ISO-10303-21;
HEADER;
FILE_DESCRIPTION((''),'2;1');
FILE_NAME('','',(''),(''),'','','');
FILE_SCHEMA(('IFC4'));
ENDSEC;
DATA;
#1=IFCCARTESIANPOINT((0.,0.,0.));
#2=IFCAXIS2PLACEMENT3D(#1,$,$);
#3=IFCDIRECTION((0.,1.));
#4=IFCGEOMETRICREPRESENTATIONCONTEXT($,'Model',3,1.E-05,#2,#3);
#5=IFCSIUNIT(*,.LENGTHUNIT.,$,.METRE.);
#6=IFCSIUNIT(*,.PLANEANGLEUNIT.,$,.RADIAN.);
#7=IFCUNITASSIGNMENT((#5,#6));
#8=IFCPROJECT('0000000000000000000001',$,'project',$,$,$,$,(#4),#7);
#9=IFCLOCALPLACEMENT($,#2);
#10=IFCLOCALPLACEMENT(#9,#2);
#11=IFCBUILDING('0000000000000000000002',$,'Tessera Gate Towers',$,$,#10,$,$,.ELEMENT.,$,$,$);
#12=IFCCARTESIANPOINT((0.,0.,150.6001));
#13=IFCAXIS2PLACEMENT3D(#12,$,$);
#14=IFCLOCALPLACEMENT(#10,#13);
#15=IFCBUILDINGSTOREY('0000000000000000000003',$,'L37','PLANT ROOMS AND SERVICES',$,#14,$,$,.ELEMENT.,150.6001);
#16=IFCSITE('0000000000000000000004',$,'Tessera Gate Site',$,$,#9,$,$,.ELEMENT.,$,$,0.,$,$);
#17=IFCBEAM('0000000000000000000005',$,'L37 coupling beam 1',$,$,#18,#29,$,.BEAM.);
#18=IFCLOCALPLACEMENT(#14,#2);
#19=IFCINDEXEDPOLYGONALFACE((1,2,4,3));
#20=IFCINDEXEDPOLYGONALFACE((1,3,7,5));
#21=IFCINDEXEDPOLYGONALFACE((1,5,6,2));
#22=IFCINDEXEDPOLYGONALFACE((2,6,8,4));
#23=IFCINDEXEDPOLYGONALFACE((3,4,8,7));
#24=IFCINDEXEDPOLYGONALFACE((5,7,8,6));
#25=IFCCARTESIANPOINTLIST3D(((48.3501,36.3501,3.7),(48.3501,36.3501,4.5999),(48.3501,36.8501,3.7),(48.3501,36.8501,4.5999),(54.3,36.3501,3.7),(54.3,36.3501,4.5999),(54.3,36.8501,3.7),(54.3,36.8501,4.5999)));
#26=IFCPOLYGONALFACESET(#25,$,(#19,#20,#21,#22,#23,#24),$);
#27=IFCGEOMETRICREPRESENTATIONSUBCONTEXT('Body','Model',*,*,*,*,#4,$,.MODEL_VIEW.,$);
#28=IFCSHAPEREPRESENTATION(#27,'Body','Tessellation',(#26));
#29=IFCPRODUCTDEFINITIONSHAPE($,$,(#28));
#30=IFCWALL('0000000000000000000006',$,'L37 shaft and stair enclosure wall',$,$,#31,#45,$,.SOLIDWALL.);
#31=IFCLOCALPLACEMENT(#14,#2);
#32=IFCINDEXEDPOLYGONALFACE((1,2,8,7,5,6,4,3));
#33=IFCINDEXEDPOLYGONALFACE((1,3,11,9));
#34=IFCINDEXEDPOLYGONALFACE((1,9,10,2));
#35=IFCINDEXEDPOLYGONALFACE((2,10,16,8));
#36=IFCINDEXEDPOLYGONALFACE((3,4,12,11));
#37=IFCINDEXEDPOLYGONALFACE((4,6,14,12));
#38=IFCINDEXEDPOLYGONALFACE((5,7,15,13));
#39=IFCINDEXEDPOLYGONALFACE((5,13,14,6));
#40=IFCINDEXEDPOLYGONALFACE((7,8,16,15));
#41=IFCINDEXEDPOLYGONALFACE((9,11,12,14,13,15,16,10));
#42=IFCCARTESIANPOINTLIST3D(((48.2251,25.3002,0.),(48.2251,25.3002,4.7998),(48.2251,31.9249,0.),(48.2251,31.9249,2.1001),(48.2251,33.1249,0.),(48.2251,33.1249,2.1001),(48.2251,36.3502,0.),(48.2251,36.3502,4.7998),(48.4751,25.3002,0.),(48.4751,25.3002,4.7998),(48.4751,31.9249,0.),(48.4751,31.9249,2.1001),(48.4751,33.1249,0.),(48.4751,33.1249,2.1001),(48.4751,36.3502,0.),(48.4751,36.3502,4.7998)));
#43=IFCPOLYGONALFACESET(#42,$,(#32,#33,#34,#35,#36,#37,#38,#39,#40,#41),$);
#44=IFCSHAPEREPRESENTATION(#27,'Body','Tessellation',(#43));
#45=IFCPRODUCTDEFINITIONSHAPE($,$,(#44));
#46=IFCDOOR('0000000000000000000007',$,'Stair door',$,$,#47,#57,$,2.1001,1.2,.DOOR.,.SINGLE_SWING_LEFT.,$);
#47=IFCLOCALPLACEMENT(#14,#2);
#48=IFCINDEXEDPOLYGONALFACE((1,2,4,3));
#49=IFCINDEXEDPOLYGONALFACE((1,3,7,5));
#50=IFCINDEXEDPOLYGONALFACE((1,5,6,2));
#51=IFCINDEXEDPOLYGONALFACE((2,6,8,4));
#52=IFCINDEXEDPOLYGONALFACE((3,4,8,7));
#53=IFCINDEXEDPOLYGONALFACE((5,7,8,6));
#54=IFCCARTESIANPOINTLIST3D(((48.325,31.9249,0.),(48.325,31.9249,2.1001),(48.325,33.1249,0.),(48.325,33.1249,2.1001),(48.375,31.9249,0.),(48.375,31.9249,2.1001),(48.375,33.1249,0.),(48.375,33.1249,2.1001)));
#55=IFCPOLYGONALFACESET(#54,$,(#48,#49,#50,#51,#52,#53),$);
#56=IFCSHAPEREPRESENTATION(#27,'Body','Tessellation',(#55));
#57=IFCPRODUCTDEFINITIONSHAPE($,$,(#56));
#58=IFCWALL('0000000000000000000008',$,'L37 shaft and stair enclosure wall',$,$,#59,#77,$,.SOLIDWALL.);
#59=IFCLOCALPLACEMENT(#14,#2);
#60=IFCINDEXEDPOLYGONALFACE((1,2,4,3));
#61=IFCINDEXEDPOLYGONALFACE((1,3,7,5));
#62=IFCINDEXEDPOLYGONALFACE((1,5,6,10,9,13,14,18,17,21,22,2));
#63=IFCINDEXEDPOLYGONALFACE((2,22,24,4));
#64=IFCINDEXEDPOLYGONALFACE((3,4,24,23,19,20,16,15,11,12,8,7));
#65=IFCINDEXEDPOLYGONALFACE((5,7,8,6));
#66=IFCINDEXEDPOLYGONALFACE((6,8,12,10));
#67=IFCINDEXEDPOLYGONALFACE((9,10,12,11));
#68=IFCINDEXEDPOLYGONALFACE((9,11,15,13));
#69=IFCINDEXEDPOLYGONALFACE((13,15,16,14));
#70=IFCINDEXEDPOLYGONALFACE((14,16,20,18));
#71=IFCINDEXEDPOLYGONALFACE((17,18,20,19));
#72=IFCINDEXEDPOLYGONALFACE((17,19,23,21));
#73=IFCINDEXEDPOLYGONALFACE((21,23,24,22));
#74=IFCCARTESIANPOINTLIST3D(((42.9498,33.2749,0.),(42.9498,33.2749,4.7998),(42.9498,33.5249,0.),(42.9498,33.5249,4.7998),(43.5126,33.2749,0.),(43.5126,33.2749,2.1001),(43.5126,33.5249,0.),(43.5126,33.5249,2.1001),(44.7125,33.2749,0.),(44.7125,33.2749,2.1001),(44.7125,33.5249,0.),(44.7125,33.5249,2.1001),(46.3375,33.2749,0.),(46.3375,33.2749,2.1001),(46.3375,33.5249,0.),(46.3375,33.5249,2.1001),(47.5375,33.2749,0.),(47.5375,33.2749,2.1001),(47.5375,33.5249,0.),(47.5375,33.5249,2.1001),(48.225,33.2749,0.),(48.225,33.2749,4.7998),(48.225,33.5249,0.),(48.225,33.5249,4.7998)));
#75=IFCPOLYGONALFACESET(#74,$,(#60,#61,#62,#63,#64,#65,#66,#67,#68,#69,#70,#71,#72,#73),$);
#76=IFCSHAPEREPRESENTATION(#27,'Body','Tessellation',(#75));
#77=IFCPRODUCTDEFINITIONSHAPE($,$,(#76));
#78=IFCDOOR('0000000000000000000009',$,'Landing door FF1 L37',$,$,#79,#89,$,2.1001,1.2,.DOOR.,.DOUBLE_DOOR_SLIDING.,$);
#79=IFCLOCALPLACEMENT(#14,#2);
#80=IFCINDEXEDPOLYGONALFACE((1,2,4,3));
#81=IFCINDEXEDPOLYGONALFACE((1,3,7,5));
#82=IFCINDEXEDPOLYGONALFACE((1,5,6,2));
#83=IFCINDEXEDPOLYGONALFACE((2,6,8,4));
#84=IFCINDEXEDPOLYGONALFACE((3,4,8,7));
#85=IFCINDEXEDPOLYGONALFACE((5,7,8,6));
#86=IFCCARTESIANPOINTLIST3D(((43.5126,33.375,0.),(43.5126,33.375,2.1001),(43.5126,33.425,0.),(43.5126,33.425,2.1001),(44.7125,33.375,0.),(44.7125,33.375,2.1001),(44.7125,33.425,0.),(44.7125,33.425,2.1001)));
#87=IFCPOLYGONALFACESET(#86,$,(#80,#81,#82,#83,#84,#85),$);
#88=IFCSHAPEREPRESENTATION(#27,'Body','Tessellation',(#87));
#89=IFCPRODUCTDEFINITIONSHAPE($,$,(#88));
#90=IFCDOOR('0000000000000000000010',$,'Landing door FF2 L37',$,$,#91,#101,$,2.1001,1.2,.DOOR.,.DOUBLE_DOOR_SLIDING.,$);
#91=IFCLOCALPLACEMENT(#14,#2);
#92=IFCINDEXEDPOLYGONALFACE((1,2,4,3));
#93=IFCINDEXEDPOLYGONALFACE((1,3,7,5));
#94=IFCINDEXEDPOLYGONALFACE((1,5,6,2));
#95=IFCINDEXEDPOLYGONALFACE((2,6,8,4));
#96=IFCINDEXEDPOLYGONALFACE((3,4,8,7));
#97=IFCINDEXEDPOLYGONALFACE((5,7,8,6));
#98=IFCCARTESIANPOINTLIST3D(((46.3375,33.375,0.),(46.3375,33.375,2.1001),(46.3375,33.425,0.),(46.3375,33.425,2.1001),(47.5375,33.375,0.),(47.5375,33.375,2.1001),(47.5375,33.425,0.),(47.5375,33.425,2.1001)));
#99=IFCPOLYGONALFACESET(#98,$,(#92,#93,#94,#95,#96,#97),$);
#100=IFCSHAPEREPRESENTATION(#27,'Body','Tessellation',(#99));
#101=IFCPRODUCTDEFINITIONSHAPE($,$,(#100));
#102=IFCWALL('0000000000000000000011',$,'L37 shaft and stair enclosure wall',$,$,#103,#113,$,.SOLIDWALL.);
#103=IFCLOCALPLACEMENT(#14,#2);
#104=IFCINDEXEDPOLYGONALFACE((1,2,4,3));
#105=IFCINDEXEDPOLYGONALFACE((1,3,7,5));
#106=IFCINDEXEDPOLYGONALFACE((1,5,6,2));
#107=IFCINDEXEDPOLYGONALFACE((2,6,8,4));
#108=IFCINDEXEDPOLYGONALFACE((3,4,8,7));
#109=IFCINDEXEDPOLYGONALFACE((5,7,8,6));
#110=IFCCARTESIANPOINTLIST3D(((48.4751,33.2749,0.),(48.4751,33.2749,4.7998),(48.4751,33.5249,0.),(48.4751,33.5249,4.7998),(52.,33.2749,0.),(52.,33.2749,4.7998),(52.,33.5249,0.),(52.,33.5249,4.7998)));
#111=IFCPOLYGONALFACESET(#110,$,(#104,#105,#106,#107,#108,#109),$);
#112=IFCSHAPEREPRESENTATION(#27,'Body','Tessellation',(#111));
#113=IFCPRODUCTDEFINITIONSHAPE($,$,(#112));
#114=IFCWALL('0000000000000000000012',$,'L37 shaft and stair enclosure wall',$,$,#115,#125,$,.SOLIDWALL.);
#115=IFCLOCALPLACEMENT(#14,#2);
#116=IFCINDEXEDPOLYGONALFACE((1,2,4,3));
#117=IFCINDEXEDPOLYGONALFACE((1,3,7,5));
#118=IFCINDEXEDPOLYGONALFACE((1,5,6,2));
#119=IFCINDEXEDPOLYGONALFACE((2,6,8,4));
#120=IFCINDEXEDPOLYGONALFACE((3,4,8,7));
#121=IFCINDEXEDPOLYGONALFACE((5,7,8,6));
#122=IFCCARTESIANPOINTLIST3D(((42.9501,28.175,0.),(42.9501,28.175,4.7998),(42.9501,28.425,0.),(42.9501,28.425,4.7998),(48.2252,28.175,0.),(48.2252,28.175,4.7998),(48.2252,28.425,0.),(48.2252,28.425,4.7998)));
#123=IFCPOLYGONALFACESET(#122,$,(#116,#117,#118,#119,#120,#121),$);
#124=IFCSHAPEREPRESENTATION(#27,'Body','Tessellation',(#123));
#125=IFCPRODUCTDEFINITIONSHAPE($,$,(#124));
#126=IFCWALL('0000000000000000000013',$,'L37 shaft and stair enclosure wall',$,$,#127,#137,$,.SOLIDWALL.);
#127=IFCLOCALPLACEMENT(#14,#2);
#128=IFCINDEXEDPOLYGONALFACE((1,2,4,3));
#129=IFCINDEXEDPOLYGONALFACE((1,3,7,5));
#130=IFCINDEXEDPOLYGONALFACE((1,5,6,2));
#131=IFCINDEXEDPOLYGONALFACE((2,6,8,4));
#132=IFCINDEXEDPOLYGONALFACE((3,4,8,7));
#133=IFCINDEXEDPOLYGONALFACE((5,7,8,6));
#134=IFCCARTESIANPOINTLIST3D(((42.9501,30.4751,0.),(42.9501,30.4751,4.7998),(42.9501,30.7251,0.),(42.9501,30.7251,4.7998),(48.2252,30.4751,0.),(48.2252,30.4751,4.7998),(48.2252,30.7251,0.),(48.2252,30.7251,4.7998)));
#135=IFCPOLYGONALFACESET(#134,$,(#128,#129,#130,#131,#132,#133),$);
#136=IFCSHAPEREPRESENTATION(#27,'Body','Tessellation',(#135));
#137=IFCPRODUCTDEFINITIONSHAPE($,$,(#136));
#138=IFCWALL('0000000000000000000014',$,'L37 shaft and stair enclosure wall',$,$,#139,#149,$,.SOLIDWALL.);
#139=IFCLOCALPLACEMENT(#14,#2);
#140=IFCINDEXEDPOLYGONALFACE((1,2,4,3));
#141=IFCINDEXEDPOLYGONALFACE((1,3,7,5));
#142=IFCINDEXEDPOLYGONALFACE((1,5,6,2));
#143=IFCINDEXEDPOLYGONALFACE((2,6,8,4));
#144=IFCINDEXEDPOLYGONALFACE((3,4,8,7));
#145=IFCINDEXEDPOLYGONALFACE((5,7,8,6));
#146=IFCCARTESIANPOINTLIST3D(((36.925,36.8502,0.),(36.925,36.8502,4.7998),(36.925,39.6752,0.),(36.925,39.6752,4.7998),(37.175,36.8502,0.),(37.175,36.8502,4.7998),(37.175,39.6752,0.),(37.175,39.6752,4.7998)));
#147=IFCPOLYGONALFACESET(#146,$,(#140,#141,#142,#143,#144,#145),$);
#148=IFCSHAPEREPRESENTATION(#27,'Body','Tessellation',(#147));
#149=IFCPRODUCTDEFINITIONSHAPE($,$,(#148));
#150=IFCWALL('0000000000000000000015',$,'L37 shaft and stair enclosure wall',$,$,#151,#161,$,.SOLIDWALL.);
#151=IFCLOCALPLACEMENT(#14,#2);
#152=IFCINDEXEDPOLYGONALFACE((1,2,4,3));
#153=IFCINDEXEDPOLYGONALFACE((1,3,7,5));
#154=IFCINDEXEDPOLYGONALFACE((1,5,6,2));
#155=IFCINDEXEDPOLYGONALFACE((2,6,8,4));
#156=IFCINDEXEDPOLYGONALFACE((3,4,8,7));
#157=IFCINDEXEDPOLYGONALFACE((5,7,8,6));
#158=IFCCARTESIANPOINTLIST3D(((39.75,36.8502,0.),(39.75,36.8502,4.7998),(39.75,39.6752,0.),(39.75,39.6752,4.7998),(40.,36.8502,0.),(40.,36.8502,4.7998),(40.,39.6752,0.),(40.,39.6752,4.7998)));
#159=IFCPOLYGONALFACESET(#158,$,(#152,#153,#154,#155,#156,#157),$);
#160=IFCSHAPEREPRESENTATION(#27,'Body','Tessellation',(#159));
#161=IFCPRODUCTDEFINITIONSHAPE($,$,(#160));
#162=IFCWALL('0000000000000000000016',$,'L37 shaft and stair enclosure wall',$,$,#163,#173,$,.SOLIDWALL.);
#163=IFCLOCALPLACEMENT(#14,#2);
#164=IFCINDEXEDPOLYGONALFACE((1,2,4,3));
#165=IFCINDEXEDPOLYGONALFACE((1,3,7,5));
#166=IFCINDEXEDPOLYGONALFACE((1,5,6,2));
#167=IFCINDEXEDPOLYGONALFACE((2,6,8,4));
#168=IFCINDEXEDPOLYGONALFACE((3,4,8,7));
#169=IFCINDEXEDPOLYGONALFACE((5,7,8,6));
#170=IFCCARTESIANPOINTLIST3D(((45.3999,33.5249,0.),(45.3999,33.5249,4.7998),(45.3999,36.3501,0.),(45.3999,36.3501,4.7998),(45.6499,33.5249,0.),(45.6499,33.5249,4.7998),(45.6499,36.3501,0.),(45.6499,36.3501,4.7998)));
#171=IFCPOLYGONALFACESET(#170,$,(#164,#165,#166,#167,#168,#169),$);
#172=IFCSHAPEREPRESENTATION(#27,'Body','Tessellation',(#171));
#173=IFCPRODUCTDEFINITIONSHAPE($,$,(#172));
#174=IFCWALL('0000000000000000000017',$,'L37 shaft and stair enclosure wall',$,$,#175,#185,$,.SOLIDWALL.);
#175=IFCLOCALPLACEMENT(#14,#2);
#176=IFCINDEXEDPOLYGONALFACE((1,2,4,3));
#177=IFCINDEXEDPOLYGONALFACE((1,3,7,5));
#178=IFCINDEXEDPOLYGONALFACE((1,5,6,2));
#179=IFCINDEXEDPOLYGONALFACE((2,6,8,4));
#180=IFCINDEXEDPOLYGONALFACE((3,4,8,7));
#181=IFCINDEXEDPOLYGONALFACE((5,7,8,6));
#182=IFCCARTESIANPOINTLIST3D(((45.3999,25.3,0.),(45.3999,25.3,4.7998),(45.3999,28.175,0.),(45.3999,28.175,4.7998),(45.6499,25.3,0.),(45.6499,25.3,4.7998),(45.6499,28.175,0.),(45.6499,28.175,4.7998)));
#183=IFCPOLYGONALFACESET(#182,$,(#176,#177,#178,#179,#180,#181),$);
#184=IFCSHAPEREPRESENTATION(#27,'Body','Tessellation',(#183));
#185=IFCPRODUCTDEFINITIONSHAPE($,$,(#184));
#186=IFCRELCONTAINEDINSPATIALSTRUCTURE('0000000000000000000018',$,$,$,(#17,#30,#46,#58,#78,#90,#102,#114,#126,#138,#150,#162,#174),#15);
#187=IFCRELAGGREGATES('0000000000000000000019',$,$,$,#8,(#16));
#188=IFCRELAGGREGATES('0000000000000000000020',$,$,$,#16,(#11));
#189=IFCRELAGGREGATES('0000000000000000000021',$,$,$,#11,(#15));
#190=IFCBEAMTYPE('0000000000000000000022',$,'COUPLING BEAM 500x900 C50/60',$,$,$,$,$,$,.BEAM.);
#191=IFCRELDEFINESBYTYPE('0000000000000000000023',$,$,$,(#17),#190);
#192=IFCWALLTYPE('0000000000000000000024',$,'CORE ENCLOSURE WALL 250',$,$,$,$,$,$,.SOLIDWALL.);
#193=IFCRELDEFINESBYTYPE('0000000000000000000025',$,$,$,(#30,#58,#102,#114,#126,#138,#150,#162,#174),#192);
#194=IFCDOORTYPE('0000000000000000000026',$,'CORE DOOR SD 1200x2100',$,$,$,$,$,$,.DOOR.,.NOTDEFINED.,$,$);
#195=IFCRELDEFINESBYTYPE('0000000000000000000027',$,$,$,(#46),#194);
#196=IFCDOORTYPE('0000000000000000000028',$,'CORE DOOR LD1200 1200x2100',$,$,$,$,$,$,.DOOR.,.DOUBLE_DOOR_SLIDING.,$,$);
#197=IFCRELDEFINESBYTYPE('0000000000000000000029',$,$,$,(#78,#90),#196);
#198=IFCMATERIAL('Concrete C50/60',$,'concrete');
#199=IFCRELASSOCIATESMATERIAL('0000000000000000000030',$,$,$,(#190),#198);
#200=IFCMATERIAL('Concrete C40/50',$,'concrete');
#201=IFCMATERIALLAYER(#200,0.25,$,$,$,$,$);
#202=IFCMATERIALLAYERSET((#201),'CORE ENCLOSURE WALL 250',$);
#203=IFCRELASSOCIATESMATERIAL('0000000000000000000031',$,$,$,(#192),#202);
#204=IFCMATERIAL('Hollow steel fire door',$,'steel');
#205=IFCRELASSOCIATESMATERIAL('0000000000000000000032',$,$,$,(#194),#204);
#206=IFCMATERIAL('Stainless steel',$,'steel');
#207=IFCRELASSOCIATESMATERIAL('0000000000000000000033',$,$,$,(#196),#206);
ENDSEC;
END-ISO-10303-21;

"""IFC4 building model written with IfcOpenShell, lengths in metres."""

from ifc_helpers import new_model, si_unit, direction, frame, frame_2d, origin, origin_2d, place, context, subcontext, project, spatial, rectangle, extrude, source, transform, mapped, material, layer, layer_set, material_profile, profile_set, type_object, element, fill, save


model = new_model("IFC4")

# Units and contexts
model_context = context("Model", 3, precision=1e-05, world=origin(), true_north=direction((0.0, 1.0)))
body_context = subcontext(model_context, "Body", "Model", "MODEL_VIEW")
ifc_project = project(units=[si_unit("LENGTHUNIT", "METRE"), si_unit("PLANEANGLEUNIT", "RADIAN")], contexts=[model_context])

# Site, building, storey
site_placement = place(None, origin())
site = spatial("IfcSite", under=ifc_project, at=site_placement, Name="Tessera Gate Site", CompositionType="ELEMENT", RefElevation=0.0)
building_placement = place(site_placement, origin())
building = spatial("IfcBuilding", under=site, at=building_placement, Name="Tessera Gate Towers", CompositionType="ELEMENT")
storey_placement = place(building_placement, frame((0.0, 0.0, 150.6001)))
storey = spatial("IfcBuildingStorey", under=building, at=storey_placement, Name="L37", Description="PLANT ROOMS AND SERVICES", CompositionType="ELEMENT", Elevation=150.6001)

# Beam
ifc_material_1 = material(Name="Concrete C50/60", Category="concrete")
ifc_material_profile = material_profile(ifc_material_1, rectangle(XDim=0.5, YDim=0.8999, at=origin_2d()), Name="RC 500x900")
ifc_profile_set = profile_set([ifc_material_profile], Name="Concrete C50/60")
beam_type = type_object("IfcBeamType", Name="COUPLING BEAM 500x900 C50/60", PredefinedType="BEAM", material=ifc_profile_set)
beam_placement = place(storey_placement, frame((48.3501, 36.6001, 4.1499), z_axis=(1.0, 0.0, 0.0), x_axis=(0.0, 1.0, 0.0)))
element("IfcBeam", 1, at=beam_placement, inside=storey, type_object=beam_type, Name="L37 coupling beam 1", PredefinedType="BEAM", context=body_context, shape_type="SweptSolid", body=[
    extrude(rectangle(XDim=0.5, YDim=0.8999, at=origin_2d()), origin(), (0.0, 0.0, 1.0), 5.95),
])

# Wall, opening, door
ifc_material_2 = material(Name="Concrete C40/50", Category="concrete")
ifc_layer_1 = layer(ifc_material_2, 0.25)
ifc_layer_set_1 = layer_set([ifc_layer_1], Name="CORE ENCLOSURE WALL 250")
wall_type_1 = type_object("IfcWallType", Name="CORE ENCLOSURE WALL 250", PredefinedType="SOLIDWALL", material=ifc_layer_set_1)
wall_1_placement = place(storey_placement, frame((48.3501, 36.3501, 0.0), z_axis=(0.0, 0.0, 1.0), x_axis=(0.0, -1.0, 0.0)))
wall_1 = element("IfcWall", 2, at=wall_1_placement, inside=storey, type_object=wall_type_1, Name="L37 shaft and stair enclosure wall", PredefinedType="SOLIDWALL", context=body_context, shape_type="SweptSolid", body=[
    extrude(rectangle(XDim=11.05, YDim=0.25, at=frame_2d((5.5249, 0.0))), origin(), (0.0, 0.0, 1.0), 4.7998),
])
shared_shape_1 = source(origin(), body_context, "Body", "SweptSolid", [
    extrude(rectangle(XDim=1.2, YDim=2.1001, at=frame_2d((0.6001, 1.05))), frame((0.0, 0.135, 0.0), z_axis=(0.0, -1.0, 0.0), x_axis=(1.0, 0.0, 0.0)), (0.0, 0.0, 1.0), 0.27),
])
opening_1_placement = place(wall_1_placement, frame((3.2251, 0.0, 0.0)))
opening_1 = element("IfcOpeningElement", 3, at=opening_1_placement, cuts=wall_1, PredefinedType="OPENING", context=body_context, shape_type="MappedRepresentation", body=[
    mapped(shared_shape_1, transform((0.0, 0.0, 0.0), scale=1.0)),
])
ifc_material_3 = material(Name="Hollow steel fire door", Category="steel")
door_type_1 = type_object("IfcDoorType", Name="CORE DOOR SD 1200x2100", OperationType="NOTDEFINED", PredefinedType="DOOR", material=ifc_material_3)
shared_shape_2 = source(origin(), body_context, "Body", "SweptSolid", [
    extrude(rectangle(XDim=1.2, YDim=2.1001, at=frame_2d((0.6001, 1.05))), frame((0.0, 0.0249, 0.0), z_axis=(0.0, -1.0, 0.0), x_axis=(1.0, 0.0, 0.0)), (0.0, 0.0, 1.0), 0.05),
])
door_1_placement = place(opening_1_placement, origin())
door_1 = element("IfcDoor", 4, at=door_1_placement, inside=storey, type_object=door_type_1, Name="Stair door", OperationType="SINGLE_SWING_LEFT", OverallHeight=2.1001, OverallWidth=1.2, PredefinedType="DOOR", context=body_context, shape_type="MappedRepresentation", body=[
    mapped(shared_shape_2, transform((0.0, 0.0, 0.0), scale=1.0)),
])
fill(opening_1, door_1)

# Wall, openings, doors
wall_2_placement = place(storey_placement, frame((48.2251, 33.3999, 0.0), z_axis=(0.0, 0.0, 1.0), x_axis=(-1.0, 0.0, 0.0)))
wall_2 = element("IfcWall", 5, at=wall_2_placement, inside=storey, type_object=wall_type_1, Name="L37 shaft and stair enclosure wall", PredefinedType="SOLIDWALL", context=body_context, shape_type="SweptSolid", body=[
    extrude(rectangle(XDim=5.2751, YDim=0.25, at=frame_2d((2.6377, 0.0))), origin(), (0.0, 0.0, 1.0), 4.7998),
])
opening_2_placement = place(wall_2_placement, frame((3.5125, 0.0, 0.0)))
opening_2 = element("IfcOpeningElement", 6, at=opening_2_placement, cuts=wall_2, PredefinedType="OPENING", context=body_context, shape_type="MappedRepresentation", body=[
    mapped(shared_shape_1, transform((0.0, 0.0, 0.0), scale=1.0)),
])
opening_3_placement = place(wall_2_placement, frame((0.6875, 0.0, 0.0)))
opening_3 = element("IfcOpeningElement", 7, at=opening_3_placement, cuts=wall_2, PredefinedType="OPENING", context=body_context, shape_type="MappedRepresentation", body=[
    mapped(shared_shape_1, transform((0.0, 0.0, 0.0), scale=1.0)),
])
ifc_material_4 = material(Name="Stainless steel", Category="steel")
door_type_2 = type_object("IfcDoorType", Name="CORE DOOR LD1200 1200x2100", OperationType="DOUBLE_DOOR_SLIDING", PredefinedType="DOOR", material=ifc_material_4)
door_2_placement = place(opening_2_placement, origin())
door_2 = element("IfcDoor", 8, at=door_2_placement, inside=storey, type_object=door_type_2, Name="Landing door FF1 L37", OperationType="DOUBLE_DOOR_SLIDING", OverallHeight=2.1001, OverallWidth=1.2, PredefinedType="DOOR", context=body_context, shape_type="MappedRepresentation", body=[
    mapped(shared_shape_2, transform((0.0, 0.0, 0.0), scale=1.0)),
])
fill(opening_2, door_2)
door_3_placement = place(opening_3_placement, origin())
door_3 = element("IfcDoor", 9, at=door_3_placement, inside=storey, type_object=door_type_2, Name="Landing door FF2 L37", OperationType="DOUBLE_DOOR_SLIDING", OverallHeight=2.1001, OverallWidth=1.2, PredefinedType="DOOR", context=body_context, shape_type="MappedRepresentation", body=[
    mapped(shared_shape_2, transform((0.0, 0.0, 0.0), scale=1.0)),
])
fill(opening_3, door_3)

# Walls
wall_3_placement = place(storey_placement, frame((48.4751, 33.3999, 0.0), z_axis=(0.0, 0.0, 1.0), x_axis=(1.0, 0.0, 0.0)))
element("IfcWall", 10, at=wall_3_placement, inside=storey, type_object=wall_type_1, Name="L37 shaft and stair enclosure wall", PredefinedType="SOLIDWALL", context=body_context, shape_type="SweptSolid", body=[
    extrude(rectangle(XDim=3.5249, YDim=0.25, at=frame_2d((1.7625, 0.0))), origin(), (0.0, 0.0, 1.0), 4.7998),
])
for number, where, z_axis, x_axis, name in (
    (11, (42.95, 28.3, 0.0), (0.0, 0.0, 1.0), (1.0, 0.0, 0.0), "L37 shaft and stair enclosure wall"),
    (12, (42.95, 30.6001, 0.0), (0.0, 0.0, 1.0), (1.0, 0.0, 0.0), "L37 shaft and stair enclosure wall"),
):
    element("IfcWall", number, at=place(storey_placement, frame(where, z_axis=z_axis, x_axis=x_axis)), inside=storey, type_object=wall_type_1, Name=name, PredefinedType="SOLIDWALL", context=body_context, shape_type="SweptSolid", body=[
        extrude(rectangle(XDim=5.2751, YDim=0.25, at=frame_2d((2.6377, 0.0))), origin(), (0.0, 0.0, 1.0), 4.7998),
    ])
for number, where, z_axis, x_axis, name in (
    (13, (37.05, 36.8501, 0.0), (0.0, 0.0, 1.0), (0.0, 1.0, 0.0), "L37 shaft and stair enclosure wall"),
    (14, (39.875, 36.8501, 0.0), (0.0, 0.0, 1.0), (0.0, 1.0, 0.0), "L37 shaft and stair enclosure wall"),
):
    element("IfcWall", number, at=place(storey_placement, frame(where, z_axis=z_axis, x_axis=x_axis)), inside=storey, type_object=wall_type_1, Name=name, PredefinedType="SOLIDWALL", context=body_context, shape_type="SweptSolid", body=[
        extrude(rectangle(XDim=2.825, YDim=0.25, at=frame_2d((1.4126, 0.0))), origin(), (0.0, 0.0, 1.0), 4.7998),
    ])
wall_4_placement = place(storey_placement, frame((45.5249, 33.5249, 0.0), z_axis=(0.0, 0.0, 1.0), x_axis=(0.0, 1.0, 0.0)))
element("IfcWall", 15, at=wall_4_placement, inside=storey, type_object=wall_type_1, Name="L37 shaft and stair enclosure wall", PredefinedType="SOLIDWALL", context=body_context, shape_type="SweptSolid", body=[
    extrude(rectangle(XDim=2.8252, YDim=0.25, at=frame_2d((1.4126, 0.0))), origin(), (0.0, 0.0, 1.0), 4.7998),
])
wall_5_placement = place(storey_placement, frame((45.5249, 25.3, 0.0), z_axis=(0.0, 0.0, 1.0), x_axis=(0.0, 1.0, 0.0)))
element("IfcWall", 16, at=wall_5_placement, inside=storey, type_object=wall_type_1, Name="L37 shaft and stair enclosure wall", PredefinedType="SOLIDWALL", context=body_context, shape_type="SweptSolid", body=[
    extrude(rectangle(XDim=2.875, YDim=0.25, at=frame_2d((1.4375, 0.0))), origin(), (0.0, 0.0, 1.0), 4.7998),
])

save(model, "model.ifc")
